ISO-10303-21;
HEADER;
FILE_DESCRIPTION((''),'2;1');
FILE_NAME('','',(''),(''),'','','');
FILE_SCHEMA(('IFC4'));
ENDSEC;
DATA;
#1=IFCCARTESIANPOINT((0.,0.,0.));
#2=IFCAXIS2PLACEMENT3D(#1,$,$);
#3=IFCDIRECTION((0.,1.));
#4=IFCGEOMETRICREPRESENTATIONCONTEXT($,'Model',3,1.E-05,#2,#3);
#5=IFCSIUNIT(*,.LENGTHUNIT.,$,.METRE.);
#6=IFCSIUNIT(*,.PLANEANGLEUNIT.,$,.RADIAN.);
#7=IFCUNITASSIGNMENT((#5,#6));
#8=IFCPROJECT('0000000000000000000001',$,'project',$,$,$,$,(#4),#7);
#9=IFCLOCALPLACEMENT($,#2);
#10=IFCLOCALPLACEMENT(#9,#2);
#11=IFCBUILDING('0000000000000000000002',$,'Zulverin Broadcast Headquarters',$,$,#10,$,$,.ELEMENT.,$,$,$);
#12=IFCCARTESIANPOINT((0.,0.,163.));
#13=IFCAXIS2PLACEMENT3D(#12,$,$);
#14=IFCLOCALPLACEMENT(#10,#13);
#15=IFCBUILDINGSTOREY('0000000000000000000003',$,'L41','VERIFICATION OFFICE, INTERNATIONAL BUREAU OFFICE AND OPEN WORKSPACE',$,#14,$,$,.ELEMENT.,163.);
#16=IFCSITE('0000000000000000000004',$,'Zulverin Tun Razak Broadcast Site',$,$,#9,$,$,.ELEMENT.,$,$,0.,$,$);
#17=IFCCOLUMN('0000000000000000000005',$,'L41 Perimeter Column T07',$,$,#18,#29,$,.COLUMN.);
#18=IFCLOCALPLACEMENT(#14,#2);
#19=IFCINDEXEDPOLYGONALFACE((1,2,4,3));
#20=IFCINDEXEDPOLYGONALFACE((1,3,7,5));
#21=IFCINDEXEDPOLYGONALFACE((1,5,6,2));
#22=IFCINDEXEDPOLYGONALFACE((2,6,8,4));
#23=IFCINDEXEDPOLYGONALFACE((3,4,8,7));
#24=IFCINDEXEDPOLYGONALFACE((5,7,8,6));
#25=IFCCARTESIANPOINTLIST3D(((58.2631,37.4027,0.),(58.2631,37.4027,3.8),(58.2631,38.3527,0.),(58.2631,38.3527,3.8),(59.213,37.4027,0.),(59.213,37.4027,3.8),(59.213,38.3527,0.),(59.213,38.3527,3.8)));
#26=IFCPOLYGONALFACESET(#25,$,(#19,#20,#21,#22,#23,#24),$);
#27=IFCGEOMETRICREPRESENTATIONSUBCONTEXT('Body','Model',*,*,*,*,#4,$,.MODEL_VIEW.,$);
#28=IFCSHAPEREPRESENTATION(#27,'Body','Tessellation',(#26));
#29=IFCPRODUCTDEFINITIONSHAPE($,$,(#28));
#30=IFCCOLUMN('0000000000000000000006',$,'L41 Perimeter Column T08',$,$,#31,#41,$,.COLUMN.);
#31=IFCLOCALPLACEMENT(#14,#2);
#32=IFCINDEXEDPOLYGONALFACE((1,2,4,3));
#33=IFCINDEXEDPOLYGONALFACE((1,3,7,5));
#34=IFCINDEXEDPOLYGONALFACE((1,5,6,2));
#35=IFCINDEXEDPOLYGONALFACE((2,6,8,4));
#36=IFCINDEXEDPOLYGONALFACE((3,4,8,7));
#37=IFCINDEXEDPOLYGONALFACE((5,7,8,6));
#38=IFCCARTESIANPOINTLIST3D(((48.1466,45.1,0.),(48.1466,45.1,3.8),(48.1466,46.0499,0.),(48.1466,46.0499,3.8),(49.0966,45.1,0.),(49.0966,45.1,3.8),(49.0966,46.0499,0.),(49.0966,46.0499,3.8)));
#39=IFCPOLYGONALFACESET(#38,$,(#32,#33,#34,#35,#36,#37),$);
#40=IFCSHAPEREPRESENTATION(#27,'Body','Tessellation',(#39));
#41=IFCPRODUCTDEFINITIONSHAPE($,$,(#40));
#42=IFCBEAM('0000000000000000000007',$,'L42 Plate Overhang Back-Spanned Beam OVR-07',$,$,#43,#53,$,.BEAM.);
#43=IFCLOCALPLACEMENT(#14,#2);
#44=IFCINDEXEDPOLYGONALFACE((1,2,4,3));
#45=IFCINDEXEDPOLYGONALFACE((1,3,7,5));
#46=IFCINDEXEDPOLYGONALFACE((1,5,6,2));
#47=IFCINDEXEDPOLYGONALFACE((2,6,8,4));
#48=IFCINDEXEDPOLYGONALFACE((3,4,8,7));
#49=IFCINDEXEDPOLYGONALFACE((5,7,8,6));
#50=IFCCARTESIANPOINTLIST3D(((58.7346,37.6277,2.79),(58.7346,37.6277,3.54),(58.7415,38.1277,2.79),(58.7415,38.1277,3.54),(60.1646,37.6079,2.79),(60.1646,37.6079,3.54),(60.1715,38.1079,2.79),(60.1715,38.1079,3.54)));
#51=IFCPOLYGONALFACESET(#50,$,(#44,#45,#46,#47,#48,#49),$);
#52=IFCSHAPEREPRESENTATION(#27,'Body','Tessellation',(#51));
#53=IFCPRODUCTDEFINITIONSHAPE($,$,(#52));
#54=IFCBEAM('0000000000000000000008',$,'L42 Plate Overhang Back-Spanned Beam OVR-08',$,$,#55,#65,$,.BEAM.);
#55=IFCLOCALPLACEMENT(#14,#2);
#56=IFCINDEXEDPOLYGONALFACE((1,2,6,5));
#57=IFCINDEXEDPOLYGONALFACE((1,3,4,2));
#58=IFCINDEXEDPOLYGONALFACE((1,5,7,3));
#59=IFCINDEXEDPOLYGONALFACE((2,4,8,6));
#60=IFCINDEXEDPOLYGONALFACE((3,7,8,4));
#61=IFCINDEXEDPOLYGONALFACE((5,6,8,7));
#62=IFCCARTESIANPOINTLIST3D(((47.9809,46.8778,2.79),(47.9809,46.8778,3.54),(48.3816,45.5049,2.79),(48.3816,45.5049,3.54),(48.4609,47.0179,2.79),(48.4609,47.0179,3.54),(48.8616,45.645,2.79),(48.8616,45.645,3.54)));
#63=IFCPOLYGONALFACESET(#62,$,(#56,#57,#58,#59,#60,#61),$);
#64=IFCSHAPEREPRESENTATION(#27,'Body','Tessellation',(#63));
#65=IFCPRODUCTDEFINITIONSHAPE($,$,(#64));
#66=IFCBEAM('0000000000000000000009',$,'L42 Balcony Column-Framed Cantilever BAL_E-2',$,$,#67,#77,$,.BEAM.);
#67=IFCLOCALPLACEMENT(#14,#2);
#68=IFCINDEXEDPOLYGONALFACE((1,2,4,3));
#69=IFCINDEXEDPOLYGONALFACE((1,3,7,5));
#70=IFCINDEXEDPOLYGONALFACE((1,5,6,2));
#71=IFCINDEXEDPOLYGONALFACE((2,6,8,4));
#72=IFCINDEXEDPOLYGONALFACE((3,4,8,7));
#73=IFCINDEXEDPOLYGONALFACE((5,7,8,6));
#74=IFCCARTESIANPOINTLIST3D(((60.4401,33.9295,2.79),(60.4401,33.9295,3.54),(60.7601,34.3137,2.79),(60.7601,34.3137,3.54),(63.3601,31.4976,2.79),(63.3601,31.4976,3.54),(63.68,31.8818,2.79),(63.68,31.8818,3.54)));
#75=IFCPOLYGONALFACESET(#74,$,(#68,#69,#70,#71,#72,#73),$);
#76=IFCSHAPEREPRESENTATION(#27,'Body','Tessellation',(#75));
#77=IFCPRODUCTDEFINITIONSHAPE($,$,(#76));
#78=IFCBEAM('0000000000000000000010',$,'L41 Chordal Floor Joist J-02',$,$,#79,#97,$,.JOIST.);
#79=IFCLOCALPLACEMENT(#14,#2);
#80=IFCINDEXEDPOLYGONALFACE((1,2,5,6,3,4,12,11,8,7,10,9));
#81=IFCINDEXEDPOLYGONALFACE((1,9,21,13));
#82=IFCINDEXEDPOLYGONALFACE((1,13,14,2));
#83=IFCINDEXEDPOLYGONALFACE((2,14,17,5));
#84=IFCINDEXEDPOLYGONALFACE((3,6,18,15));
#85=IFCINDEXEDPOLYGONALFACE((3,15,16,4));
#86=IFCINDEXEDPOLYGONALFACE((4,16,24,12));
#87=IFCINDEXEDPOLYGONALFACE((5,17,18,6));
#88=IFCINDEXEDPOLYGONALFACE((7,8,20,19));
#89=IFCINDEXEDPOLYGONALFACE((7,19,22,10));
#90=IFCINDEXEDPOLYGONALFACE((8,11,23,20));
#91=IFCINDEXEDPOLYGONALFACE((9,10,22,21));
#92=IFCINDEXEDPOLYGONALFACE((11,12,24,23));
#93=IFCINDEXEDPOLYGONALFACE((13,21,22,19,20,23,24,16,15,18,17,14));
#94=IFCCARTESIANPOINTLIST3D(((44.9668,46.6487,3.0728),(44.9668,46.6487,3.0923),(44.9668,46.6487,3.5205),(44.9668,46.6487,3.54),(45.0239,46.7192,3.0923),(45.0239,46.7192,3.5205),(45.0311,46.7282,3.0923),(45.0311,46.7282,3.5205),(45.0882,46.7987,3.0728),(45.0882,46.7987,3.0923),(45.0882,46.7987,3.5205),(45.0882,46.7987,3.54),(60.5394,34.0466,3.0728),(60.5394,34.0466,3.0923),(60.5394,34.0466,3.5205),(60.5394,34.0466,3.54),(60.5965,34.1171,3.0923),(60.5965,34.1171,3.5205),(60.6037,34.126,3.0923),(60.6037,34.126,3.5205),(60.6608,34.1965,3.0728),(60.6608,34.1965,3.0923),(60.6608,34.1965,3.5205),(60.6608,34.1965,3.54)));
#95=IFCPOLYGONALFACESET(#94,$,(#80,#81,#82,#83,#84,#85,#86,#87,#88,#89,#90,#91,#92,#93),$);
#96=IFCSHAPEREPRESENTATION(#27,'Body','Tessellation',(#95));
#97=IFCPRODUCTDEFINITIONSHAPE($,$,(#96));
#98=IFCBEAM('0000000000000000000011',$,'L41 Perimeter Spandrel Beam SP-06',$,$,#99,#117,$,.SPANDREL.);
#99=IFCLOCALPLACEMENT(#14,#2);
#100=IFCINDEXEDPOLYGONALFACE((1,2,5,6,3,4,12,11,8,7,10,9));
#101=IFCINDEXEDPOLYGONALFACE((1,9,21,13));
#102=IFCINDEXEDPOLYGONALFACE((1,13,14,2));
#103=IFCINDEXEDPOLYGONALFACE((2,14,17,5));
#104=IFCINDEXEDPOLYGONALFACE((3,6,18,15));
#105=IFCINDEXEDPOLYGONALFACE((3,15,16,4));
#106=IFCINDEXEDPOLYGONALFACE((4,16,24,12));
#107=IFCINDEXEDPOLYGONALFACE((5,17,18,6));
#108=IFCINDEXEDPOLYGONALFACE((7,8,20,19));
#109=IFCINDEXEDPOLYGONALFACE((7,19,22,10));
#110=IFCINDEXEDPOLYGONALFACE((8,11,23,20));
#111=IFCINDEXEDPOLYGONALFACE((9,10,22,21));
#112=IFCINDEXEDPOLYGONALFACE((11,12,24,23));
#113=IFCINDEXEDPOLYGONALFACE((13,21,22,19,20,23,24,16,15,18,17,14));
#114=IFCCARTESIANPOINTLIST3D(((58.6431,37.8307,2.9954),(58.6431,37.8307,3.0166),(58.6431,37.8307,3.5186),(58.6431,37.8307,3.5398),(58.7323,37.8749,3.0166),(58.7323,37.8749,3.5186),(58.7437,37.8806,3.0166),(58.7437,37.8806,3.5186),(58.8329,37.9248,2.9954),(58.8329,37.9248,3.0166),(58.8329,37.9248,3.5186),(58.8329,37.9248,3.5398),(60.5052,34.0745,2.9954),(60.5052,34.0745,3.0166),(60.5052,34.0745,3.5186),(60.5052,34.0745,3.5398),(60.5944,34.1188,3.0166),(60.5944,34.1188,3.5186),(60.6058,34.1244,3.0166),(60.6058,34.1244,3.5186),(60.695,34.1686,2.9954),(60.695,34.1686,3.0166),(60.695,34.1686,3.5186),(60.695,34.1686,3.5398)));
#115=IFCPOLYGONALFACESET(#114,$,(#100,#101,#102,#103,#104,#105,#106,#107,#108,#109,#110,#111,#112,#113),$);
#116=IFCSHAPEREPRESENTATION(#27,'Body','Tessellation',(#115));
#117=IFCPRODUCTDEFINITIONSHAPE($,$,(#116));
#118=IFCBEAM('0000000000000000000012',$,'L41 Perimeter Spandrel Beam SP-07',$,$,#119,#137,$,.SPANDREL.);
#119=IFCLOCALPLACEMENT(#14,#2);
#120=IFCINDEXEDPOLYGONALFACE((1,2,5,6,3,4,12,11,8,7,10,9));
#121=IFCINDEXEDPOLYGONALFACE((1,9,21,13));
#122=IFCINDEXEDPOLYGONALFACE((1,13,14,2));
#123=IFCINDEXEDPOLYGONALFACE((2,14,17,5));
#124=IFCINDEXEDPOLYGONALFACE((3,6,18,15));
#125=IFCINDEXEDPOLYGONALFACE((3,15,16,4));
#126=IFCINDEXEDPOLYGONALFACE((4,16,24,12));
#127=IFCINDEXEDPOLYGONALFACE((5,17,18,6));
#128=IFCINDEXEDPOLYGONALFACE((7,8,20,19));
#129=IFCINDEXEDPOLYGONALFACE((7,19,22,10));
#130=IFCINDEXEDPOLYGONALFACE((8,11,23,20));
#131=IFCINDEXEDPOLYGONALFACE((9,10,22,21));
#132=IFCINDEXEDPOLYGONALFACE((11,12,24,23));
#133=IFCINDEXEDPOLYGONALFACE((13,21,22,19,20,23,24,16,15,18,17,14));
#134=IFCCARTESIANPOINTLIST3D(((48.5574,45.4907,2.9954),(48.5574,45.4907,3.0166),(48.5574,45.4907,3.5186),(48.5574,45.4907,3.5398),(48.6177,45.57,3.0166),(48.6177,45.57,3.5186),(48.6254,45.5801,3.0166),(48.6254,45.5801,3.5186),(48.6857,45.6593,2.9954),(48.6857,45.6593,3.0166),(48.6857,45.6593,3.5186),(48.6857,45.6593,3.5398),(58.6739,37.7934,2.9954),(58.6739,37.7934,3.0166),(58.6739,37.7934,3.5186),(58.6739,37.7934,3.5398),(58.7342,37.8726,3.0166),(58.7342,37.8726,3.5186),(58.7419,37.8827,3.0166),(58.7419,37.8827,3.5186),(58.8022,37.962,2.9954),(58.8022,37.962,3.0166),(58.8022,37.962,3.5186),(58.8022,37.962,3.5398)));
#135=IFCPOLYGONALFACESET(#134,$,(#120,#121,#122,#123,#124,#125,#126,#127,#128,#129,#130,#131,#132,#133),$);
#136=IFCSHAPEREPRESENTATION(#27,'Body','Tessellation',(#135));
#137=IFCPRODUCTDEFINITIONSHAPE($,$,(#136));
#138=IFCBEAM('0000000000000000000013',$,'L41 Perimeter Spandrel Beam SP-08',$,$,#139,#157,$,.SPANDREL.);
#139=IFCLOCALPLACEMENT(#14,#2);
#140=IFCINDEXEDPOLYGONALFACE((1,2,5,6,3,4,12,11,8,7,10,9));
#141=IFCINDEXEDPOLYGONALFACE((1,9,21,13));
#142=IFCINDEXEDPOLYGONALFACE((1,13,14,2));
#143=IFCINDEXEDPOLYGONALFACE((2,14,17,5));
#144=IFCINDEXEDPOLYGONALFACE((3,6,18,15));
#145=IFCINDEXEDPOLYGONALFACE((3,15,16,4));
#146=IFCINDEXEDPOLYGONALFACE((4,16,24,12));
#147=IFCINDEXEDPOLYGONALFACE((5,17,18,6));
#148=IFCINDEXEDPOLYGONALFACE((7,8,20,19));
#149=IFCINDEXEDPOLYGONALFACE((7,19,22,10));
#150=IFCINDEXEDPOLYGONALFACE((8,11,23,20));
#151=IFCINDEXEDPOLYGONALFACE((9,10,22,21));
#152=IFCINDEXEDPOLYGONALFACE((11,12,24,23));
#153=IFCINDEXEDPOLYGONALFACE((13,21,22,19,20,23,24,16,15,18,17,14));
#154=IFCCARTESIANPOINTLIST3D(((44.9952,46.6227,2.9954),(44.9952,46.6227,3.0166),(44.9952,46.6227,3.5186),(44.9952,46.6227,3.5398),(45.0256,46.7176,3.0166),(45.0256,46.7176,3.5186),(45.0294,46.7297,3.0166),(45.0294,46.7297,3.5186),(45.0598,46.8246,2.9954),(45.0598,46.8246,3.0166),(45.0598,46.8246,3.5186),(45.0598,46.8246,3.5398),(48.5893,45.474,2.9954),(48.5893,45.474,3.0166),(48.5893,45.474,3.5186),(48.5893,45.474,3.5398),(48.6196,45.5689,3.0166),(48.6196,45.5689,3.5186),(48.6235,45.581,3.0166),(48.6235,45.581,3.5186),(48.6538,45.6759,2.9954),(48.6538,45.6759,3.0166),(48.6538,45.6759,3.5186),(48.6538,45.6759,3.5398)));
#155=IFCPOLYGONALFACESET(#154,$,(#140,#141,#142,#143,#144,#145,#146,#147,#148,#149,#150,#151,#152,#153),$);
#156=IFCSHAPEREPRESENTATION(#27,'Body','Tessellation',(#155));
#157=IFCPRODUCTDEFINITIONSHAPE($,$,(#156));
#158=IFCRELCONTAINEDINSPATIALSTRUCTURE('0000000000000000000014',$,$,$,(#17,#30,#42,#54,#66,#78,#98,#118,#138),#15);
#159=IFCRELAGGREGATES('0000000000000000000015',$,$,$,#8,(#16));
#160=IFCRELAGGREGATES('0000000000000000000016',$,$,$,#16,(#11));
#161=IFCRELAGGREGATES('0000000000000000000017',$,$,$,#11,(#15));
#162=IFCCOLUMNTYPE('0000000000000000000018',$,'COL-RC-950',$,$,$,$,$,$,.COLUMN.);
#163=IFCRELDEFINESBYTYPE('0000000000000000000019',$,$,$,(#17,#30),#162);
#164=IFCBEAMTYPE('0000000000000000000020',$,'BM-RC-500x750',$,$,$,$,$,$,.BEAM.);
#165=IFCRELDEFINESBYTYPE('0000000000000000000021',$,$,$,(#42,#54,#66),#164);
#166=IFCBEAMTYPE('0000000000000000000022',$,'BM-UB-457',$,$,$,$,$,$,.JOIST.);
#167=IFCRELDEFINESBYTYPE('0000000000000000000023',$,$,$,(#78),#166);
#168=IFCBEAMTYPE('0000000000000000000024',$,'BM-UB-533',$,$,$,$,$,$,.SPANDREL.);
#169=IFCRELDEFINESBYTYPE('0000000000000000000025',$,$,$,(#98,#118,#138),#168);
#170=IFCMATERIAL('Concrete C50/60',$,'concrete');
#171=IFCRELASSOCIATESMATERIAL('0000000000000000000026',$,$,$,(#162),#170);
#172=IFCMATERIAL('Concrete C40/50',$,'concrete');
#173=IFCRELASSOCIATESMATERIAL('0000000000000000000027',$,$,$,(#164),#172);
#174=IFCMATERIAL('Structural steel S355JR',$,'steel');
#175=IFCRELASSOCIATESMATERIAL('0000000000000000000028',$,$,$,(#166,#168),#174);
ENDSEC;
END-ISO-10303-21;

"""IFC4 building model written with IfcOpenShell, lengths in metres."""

from ifc_helpers import new_model, si_unit, direction, frame, origin, origin_2d, place, context, subcontext, project, spatial, rectangle, i_section, extrude, material, material_profile, profile_set, type_object, element, save


model = new_model("IFC4")

# Units and contexts
model_context = context("Model", 3, precision=1e-05, world=origin(), true_north=direction((0.0, 1.0)))
body_context = subcontext(model_context, "Body", "Model", "MODEL_VIEW")
ifc_project = project(units=[si_unit("LENGTHUNIT", "METRE"), si_unit("PLANEANGLEUNIT", "RADIAN")], contexts=[model_context])

# Site, building, storey
site_placement = place(None, origin())
site = spatial("IfcSite", under=ifc_project, at=site_placement, Name="Zulverin Tun Razak Broadcast Site", CompositionType="ELEMENT", RefElevation=0.0)
building_placement = place(site_placement, origin())
building = spatial("IfcBuilding", under=site, at=building_placement, Name="Zulverin Broadcast Headquarters", CompositionType="ELEMENT")
storey_placement = place(building_placement, frame((0.0, 0.0, 163.0)))
storey = spatial("IfcBuildingStorey", under=building, at=storey_placement, Name="L41", Description="VERIFICATION OFFICE, INTERNATIONAL BUREAU OFFICE AND OPEN WORKSPACE", CompositionType="ELEMENT", Elevation=163.0)

# Columns
ifc_material_1 = material(Name="Concrete C50/60", Category="concrete")
ifc_material_profile_1 = material_profile(ifc_material_1, rectangle(XDim=0.95, YDim=0.95, at=origin_2d()), Name="Concrete C50/60", Category="concrete")
ifc_profile_set_1 = profile_set([ifc_material_profile_1], Name="Concrete C50/60")
column_type = type_object("IfcColumnType", Name="COL-RC-950", PredefinedType="COLUMN", material=ifc_profile_set_1)
for number, where, z_axis, x_axis, name in (
    (1, (58.738, 37.8777, 0.0), (0.0, 0.0, 1.0), (1.0, 0.0, 0.0), "L41 Perimeter Column T07"),
    (2, (48.6216, 45.575, 0.0), (0.0, 0.0, 1.0), (1.0, 0.0, 0.0), "L41 Perimeter Column T08"),
):
    element("IfcColumn", number, at=place(storey_placement, frame(where, z_axis=z_axis, x_axis=x_axis)), inside=storey, type_object=column_type, Name=name, PredefinedType="COLUMN", context=body_context, shape_type="SweptSolid", body=[
        extrude(rectangle(XDim=0.95, YDim=0.95, at=origin_2d()), origin(), (0.0, 0.0, 1.0), 3.8),
    ])

# Beams
ifc_material_2 = material(Name="Concrete C40/50", Category="concrete")
ifc_material_profile_2 = material_profile(ifc_material_2, rectangle(XDim=0.5, YDim=0.75, at=origin_2d()), Name="Concrete C40/50", Category="concrete")
ifc_profile_set_2 = profile_set([ifc_material_profile_2], Name="Concrete C40/50")
beam_type_1 = type_object("IfcBeamType", Name="BM-RC-500x750", PredefinedType="BEAM", material=ifc_profile_set_2)
for number, where, z_axis, x_axis, name in (
    (3, (58.738, 37.8777, 3.165), (0.999904, -0.013828, 0.0), (0.013828, 0.999904, 0.0), "L42 Plate Overhang Back-Spanned Beam OVR-07"),
    (4, (48.6216, 45.575, 3.165), (-0.280151, 0.959956, 0.0), (-0.959956, -0.280151, 0.0), "L42 Plate Overhang Back-Spanned Beam OVR-08"),
):
    element("IfcBeam", number, at=place(storey_placement, frame(where, z_axis=z_axis, x_axis=x_axis)), inside=storey, type_object=beam_type_1, Name=name, PredefinedType="BEAM", context=body_context, shape_type="SweptSolid", body=[
        extrude(rectangle(XDim=0.5, YDim=0.75, at=origin_2d()), origin(), (0.0, 0.0, 1.0), 1.4302),
    ])
beam_1_placement = place(storey_placement, frame((60.6001, 34.1216, 3.165), z_axis=(0.7684, -0.63997, 0.0), x_axis=(0.63997, 0.7684, 0.0)))
element("IfcBeam", 5, at=beam_1_placement, inside=storey, type_object=beam_type_1, Name="L42 Balcony Column-Framed Cantilever BAL_E-2", PredefinedType="BEAM", context=body_context, shape_type="SweptSolid", body=[
    extrude(rectangle(XDim=0.5, YDim=0.75, at=origin_2d()), origin(), (0.0, 0.0, 1.0), 3.8),
])
ifc_material_3 = material(Name="Structural steel S355JR", Category="steel")
ifc_material_profile_3 = material_profile(ifc_material_3, i_section(OverallWidth=0.1929, OverallDepth=0.4673, WebThickness=0.0115, FlangeThickness=0.0195, at=origin_2d()), Name="Structural steel S355JR", Category="steel")
ifc_profile_set_3 = profile_set([ifc_material_profile_3], Name="Structural steel S355JR")
beam_type_2 = type_object("IfcBeamType", Name="BM-UB-457", PredefinedType="JOIST", material=ifc_profile_set_3)
beam_2_placement = place(storey_placement, frame((60.6001, 34.1216, 3.3064), z_axis=(-0.777349, 0.62907, 0.0), x_axis=(-0.62907, -0.777349, 0.0)))
element("IfcBeam", 6, at=beam_2_placement, inside=storey, type_object=beam_type_2, Name="L41 Chordal Floor Joist J-02", PredefinedType="JOIST", context=body_context, shape_type="SweptSolid", body=[
    extrude(i_section(OverallWidth=0.1929, OverallDepth=0.4673, WebThickness=0.0115, FlangeThickness=0.0195, at=origin_2d()), origin(), (0.0, 0.0, 1.0), 20.033),
])
ifc_material_profile_4 = material_profile(ifc_material_3, i_section(OverallWidth=0.2119, OverallDepth=0.5444, WebThickness=0.0127, FlangeThickness=0.0212, at=origin_2d()), Name="Structural steel S355JR", Category="steel")
ifc_profile_set_4 = profile_set([ifc_material_profile_4], Name="Structural steel S355JR")
beam_type_3 = type_object("IfcBeamType", Name="BM-UB-533", PredefinedType="SPANDREL", material=ifc_profile_set_4)
beam_3_placement = place(storey_placement, frame((60.6001, 34.1216, 3.2676), z_axis=(-0.444159, 0.895948, 0.0), x_axis=(-0.895948, -0.444159, 0.0)))
element("IfcBeam", 7, at=beam_3_placement, inside=storey, type_object=beam_type_3, Name="L41 Perimeter Spandrel Beam SP-06", PredefinedType="SPANDREL", context=body_context, shape_type="SweptSolid", body=[
    extrude(i_section(OverallWidth=0.2119, OverallDepth=0.5444, WebThickness=0.0127, FlangeThickness=0.0212, at=origin_2d()), origin(), (0.0, 0.0, 1.0), 4.1924),
])
beam_4_placement = place(storey_placement, frame((58.738, 37.8777, 3.2676), z_axis=(-0.79583, 0.60552, 0.0), x_axis=(-0.60552, -0.79583, 0.0)))
element("IfcBeam", 8, at=beam_4_placement, inside=storey, type_object=beam_type_3, Name="L41 Perimeter Spandrel Beam SP-07", PredefinedType="SPANDREL", context=body_context, shape_type="SweptSolid", body=[
    extrude(i_section(OverallWidth=0.2119, OverallDepth=0.5444, WebThickness=0.0127, FlangeThickness=0.0212, at=origin_2d()), origin(), (0.0, 0.0, 1.0), 12.7119),
])
beam_5_placement = place(storey_placement, frame((48.6216, 45.575, 3.2676), z_axis=(-0.952532, 0.30444, 0.0), x_axis=(-0.30444, -0.952532, 0.0)))
element("IfcBeam", 9, at=beam_5_placement, inside=storey, type_object=beam_type_3, Name="L41 Perimeter Spandrel Beam SP-08", PredefinedType="SPANDREL", context=body_context, shape_type="SweptSolid", body=[
    extrude(i_section(OverallWidth=0.2119, OverallDepth=0.5444, WebThickness=0.0127, FlangeThickness=0.0212, at=origin_2d()), origin(), (0.0, 0.0, 1.0), 3.7732),
])

save(model, "model.ifc")
